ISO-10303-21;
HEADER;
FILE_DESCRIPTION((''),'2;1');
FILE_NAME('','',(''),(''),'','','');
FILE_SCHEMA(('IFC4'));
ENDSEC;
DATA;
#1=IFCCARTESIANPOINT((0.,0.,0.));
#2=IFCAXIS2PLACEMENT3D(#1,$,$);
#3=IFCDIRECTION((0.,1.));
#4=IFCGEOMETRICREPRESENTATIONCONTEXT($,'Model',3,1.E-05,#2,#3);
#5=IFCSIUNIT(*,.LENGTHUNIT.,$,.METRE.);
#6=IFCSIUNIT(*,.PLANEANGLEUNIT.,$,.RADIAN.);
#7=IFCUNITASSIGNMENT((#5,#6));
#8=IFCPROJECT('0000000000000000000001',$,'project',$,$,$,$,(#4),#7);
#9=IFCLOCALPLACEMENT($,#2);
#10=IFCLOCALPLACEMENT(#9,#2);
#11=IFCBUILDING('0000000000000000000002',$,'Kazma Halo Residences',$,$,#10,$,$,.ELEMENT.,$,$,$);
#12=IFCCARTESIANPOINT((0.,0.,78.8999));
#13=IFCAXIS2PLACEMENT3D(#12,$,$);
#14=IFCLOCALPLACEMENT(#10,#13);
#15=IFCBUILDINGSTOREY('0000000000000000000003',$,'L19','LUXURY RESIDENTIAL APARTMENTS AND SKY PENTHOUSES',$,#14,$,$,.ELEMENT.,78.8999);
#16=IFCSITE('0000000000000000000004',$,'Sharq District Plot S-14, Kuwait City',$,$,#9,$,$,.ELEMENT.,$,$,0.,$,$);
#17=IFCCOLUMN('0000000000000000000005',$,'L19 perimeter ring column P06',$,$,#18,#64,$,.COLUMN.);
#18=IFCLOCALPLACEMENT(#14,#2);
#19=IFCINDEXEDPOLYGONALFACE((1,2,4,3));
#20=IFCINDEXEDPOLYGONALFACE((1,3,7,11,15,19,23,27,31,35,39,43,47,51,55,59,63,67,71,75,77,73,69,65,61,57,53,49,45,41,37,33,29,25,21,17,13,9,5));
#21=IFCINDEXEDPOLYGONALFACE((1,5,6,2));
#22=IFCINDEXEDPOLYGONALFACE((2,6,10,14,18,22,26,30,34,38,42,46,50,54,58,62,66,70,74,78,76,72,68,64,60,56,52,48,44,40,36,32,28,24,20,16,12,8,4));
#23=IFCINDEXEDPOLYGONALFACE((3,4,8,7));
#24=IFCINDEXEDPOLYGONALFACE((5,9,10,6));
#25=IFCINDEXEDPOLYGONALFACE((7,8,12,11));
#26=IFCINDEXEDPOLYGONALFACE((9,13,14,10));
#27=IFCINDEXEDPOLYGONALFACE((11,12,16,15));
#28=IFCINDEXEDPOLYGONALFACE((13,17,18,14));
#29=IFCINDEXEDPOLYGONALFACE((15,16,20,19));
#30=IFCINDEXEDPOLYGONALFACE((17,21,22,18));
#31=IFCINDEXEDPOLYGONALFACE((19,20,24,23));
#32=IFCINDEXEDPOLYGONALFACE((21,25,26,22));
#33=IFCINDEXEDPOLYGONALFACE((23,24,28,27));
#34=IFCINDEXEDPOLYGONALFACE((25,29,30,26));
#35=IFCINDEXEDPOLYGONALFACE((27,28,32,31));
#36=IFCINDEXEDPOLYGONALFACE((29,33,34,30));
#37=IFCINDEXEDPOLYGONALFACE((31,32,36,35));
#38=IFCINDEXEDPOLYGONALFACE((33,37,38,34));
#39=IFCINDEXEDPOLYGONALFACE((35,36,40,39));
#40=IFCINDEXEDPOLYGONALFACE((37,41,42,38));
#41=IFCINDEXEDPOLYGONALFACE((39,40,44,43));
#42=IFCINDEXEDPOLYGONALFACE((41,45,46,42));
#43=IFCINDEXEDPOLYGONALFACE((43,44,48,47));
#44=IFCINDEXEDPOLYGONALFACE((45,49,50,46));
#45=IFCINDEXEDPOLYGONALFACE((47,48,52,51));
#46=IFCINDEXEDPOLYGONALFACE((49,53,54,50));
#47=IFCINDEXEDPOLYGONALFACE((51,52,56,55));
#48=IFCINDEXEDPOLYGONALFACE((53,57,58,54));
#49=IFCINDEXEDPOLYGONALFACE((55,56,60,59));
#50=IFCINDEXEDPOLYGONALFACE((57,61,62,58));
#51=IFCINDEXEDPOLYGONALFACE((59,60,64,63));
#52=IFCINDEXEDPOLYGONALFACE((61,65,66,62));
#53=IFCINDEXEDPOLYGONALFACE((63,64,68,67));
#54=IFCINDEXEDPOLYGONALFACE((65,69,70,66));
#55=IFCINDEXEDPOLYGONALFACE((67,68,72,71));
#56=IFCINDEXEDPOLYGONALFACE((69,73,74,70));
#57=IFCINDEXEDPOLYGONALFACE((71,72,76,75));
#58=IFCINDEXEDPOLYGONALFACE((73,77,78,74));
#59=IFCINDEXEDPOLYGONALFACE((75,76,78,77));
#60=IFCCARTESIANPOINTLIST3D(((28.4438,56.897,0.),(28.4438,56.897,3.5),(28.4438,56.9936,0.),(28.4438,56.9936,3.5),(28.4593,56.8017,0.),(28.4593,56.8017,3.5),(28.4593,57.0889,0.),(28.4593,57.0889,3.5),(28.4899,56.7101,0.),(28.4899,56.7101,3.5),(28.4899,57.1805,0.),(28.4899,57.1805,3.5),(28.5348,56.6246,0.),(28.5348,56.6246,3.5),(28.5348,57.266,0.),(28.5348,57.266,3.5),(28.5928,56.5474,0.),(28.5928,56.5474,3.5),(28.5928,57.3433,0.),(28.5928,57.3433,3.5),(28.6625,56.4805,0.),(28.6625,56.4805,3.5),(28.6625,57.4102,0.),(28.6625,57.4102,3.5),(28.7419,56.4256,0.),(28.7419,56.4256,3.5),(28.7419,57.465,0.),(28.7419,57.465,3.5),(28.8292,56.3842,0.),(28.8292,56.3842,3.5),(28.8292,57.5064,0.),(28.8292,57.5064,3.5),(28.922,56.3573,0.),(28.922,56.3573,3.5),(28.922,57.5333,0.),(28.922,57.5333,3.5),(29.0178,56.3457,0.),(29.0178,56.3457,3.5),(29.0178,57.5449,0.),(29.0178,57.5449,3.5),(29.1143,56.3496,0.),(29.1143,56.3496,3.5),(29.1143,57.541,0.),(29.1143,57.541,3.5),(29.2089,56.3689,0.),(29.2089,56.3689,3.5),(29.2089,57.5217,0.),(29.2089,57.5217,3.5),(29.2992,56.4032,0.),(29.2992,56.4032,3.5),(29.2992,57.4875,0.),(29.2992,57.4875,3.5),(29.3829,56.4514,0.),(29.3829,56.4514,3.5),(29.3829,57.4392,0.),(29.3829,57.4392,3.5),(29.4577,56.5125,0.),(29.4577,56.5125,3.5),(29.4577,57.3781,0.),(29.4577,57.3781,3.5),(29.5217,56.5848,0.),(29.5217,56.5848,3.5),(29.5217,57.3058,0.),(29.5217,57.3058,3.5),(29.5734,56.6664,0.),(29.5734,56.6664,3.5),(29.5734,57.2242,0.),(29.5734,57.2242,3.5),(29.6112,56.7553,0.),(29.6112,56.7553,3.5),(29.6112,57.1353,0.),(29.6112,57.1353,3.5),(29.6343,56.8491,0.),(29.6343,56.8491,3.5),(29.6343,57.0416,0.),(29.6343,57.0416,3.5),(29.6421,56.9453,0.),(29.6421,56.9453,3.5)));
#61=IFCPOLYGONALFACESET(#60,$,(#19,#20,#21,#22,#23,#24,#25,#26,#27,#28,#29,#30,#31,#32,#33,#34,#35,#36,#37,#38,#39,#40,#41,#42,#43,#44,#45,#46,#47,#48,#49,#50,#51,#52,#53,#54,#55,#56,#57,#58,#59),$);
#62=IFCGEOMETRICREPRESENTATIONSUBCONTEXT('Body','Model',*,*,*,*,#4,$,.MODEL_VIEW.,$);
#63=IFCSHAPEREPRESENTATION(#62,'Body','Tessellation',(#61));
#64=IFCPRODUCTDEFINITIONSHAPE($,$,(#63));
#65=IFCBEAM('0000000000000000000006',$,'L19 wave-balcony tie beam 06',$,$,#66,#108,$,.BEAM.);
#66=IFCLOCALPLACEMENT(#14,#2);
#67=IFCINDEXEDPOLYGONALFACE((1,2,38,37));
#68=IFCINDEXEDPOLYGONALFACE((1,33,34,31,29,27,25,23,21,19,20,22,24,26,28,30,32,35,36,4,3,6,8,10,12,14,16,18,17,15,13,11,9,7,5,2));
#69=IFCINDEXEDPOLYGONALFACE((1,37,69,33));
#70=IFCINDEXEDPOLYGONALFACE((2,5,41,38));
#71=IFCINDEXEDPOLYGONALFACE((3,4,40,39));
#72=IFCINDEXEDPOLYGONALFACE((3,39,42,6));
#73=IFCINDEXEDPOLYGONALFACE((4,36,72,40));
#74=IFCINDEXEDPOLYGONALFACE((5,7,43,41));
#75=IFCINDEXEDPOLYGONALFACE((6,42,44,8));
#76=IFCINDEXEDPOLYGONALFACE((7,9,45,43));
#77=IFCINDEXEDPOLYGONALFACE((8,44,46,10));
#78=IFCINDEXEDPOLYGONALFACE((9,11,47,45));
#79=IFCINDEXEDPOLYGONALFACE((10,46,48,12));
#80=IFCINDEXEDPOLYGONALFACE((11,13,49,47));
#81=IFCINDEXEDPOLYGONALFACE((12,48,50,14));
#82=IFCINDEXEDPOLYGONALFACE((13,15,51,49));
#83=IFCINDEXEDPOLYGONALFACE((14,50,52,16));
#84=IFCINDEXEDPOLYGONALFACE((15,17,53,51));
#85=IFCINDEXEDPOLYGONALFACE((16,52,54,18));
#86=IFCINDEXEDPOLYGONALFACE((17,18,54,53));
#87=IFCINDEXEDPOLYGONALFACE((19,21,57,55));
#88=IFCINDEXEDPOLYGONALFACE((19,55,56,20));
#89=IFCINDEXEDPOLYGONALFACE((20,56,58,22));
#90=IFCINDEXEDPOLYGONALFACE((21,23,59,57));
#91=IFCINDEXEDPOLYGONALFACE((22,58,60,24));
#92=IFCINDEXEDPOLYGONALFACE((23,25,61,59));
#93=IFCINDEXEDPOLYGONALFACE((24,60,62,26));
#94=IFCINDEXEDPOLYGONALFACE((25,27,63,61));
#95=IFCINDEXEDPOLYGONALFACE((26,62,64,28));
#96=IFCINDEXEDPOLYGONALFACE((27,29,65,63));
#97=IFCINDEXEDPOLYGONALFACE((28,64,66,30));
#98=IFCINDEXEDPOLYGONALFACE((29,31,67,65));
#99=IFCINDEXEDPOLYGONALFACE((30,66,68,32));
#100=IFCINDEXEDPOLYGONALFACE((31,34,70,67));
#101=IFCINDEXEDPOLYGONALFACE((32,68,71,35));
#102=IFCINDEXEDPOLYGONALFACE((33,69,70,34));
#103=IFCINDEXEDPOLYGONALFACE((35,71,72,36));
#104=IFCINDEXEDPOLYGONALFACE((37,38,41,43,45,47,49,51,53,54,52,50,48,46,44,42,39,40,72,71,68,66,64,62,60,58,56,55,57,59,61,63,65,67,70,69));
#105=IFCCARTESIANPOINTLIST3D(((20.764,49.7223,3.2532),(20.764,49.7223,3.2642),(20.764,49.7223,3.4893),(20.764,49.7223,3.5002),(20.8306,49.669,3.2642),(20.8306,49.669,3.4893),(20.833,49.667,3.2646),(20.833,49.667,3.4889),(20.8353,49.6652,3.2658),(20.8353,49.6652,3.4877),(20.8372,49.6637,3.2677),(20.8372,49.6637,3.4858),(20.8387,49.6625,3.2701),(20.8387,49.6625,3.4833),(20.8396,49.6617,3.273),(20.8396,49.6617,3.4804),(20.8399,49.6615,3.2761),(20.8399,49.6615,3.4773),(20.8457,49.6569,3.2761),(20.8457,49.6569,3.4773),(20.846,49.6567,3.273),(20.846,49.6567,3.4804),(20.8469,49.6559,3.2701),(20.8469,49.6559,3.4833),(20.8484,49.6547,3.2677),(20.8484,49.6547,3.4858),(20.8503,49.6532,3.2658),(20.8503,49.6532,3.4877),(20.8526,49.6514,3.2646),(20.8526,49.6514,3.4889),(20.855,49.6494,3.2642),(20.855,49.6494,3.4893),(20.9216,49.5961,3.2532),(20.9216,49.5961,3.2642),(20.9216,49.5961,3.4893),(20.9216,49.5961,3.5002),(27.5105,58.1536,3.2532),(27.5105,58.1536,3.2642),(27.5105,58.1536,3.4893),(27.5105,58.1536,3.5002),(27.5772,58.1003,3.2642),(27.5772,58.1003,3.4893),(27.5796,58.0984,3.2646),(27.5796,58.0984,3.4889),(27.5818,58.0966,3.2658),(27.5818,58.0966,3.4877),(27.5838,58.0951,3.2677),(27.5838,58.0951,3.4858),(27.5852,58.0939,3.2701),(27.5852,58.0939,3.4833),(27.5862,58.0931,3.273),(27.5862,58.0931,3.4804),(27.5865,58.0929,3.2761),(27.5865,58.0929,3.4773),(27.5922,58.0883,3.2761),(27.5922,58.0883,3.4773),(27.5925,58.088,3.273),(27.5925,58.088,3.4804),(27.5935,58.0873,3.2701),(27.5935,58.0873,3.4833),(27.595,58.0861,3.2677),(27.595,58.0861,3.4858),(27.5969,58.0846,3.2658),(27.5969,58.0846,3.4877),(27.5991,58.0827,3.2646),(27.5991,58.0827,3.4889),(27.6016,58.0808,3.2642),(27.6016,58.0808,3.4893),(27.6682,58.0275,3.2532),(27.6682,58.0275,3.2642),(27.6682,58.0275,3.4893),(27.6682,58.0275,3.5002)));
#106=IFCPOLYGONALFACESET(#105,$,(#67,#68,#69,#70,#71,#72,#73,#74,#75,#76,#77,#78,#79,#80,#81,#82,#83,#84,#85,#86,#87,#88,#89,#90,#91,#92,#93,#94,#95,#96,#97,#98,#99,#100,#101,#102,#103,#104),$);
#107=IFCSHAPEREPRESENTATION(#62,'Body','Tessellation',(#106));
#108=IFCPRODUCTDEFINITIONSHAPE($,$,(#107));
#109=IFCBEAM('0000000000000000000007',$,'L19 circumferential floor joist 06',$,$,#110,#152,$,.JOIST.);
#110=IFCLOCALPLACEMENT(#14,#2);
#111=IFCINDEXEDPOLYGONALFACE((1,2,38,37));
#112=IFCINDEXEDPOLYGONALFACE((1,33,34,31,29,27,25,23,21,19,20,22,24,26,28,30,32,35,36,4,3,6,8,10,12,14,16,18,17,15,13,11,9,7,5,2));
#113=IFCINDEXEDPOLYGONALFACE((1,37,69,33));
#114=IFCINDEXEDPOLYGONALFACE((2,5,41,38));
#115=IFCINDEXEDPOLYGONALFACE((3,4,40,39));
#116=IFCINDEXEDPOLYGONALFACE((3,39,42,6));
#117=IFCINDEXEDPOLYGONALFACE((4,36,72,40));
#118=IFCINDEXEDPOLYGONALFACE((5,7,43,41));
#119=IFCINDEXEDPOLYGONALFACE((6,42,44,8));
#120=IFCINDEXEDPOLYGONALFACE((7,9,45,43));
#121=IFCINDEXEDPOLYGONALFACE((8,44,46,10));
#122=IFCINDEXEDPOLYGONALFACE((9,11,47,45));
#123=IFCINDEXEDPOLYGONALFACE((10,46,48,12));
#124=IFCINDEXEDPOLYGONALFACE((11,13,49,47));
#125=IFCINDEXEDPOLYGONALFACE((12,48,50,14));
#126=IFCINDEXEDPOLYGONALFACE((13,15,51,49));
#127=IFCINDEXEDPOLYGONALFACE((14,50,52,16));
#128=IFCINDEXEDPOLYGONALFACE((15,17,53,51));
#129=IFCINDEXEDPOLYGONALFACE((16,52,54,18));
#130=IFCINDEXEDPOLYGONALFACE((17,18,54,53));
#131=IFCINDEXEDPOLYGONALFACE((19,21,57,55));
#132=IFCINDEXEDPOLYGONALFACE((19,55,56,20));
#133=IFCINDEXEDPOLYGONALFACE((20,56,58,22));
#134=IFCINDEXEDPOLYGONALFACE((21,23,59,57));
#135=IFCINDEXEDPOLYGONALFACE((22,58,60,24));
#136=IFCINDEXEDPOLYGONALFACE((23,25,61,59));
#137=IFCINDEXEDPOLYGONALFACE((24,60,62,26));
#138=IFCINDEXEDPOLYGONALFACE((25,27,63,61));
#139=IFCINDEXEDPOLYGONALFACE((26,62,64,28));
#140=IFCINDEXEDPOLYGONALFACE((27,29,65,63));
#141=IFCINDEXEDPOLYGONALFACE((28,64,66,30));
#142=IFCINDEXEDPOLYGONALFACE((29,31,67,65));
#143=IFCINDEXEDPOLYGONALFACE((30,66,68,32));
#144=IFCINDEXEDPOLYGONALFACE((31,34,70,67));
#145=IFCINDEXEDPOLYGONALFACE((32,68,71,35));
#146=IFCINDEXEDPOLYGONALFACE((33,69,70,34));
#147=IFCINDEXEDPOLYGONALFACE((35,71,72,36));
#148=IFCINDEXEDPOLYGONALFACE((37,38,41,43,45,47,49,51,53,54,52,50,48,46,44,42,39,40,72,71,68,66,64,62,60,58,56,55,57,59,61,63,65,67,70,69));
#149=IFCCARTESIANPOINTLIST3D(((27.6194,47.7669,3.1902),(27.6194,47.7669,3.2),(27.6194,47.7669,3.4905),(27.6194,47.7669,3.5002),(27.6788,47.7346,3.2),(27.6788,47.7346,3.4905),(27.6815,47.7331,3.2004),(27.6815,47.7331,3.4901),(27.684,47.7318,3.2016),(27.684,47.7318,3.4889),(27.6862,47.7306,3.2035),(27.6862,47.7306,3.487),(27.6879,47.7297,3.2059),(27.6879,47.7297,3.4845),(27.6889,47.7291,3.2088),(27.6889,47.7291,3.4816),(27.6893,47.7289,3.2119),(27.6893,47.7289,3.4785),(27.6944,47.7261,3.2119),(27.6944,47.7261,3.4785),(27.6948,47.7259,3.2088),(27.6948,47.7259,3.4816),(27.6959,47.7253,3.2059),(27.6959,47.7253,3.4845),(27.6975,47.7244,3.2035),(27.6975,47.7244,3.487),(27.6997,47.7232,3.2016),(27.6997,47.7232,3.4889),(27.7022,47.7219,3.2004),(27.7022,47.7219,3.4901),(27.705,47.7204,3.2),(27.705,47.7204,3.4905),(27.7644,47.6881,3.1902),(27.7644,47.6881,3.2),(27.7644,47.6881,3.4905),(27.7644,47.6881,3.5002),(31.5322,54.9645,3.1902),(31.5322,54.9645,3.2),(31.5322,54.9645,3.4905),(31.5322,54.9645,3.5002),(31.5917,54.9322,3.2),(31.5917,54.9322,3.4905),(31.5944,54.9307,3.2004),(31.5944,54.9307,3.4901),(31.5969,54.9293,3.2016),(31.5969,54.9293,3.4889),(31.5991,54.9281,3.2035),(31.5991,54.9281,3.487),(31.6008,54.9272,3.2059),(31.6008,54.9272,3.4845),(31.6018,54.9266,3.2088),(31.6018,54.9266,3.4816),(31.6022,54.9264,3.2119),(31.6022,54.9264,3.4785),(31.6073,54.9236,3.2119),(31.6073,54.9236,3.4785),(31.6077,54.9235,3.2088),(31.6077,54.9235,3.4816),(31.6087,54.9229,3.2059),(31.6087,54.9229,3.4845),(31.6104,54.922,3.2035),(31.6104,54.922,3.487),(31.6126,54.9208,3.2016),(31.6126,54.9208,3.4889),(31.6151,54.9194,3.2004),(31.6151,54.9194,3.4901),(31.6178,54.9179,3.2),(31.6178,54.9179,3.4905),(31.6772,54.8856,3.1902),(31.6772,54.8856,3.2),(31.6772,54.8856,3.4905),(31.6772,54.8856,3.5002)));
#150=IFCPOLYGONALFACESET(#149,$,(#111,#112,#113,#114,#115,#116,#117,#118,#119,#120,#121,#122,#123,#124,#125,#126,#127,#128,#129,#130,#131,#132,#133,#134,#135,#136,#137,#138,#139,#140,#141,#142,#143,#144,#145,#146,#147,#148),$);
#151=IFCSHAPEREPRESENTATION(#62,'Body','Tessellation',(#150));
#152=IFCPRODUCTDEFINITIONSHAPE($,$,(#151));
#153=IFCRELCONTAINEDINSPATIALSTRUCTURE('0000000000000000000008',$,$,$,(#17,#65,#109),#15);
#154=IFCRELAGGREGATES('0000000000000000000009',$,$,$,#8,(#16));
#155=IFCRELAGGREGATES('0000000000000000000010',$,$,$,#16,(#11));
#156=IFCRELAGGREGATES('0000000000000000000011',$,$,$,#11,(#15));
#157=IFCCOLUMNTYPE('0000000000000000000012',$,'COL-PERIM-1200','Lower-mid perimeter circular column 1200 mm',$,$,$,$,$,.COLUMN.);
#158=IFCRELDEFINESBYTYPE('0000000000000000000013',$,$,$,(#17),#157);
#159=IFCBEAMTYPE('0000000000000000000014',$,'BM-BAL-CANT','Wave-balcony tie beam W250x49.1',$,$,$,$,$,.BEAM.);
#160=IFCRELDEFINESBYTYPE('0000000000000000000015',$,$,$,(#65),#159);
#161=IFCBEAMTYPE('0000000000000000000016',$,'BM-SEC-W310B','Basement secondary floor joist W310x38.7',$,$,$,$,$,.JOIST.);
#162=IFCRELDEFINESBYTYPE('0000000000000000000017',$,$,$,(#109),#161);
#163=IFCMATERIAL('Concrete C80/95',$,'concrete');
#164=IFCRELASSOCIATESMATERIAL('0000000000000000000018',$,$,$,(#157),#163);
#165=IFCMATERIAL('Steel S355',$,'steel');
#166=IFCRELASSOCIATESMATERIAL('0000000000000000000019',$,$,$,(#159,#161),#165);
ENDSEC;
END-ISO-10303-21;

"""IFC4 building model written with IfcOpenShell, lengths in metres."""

from ifc_helpers import new_model, si_unit, direction, frame, origin, origin_2d, place, context, subcontext, project, spatial, circle, i_section, extrude, material, material_profile, profile_set, type_object, element, save


model = new_model("IFC4")

# Units and contexts
model_context = context("Model", 3, precision=1e-05, world=origin(), true_north=direction((0.0, 1.0)))
body_context = subcontext(model_context, "Body", "Model", "MODEL_VIEW")
ifc_project = project(units=[si_unit("LENGTHUNIT", "METRE"), si_unit("PLANEANGLEUNIT", "RADIAN")], contexts=[model_context])

# Site, building, storey
site_placement = place(None, origin())
site = spatial("IfcSite", under=ifc_project, at=site_placement, Name="Sharq District Plot S-14, Kuwait City", CompositionType="ELEMENT", RefElevation=0.0)
building_placement = place(site_placement, origin())
building = spatial("IfcBuilding", under=site, at=building_placement, Name="Kazma Halo Residences", CompositionType="ELEMENT")
storey_placement = place(building_placement, frame((0.0, 0.0, 78.8999)))
storey = spatial("IfcBuildingStorey", under=building, at=storey_placement, Name="L19", Description="LUXURY RESIDENTIAL APARTMENTS AND SKY PENTHOUSES", CompositionType="ELEMENT", Elevation=78.8999)

# Column
ifc_material_1 = material(Name="Concrete C80/95", Category="concrete")
ifc_material_profile_1 = material_profile(ifc_material_1, circle(Radius=0.6001, at=origin_2d()), Name="CIRC1200")
ifc_profile_set_1 = profile_set([ifc_material_profile_1], Name="Concrete C80/95")
column_type = type_object("IfcColumnType", Name="COL-PERIM-1200", Description="Lower-mid perimeter circular column 1200 mm", PredefinedType="COLUMN", material=ifc_profile_set_1)
column_placement = place(storey_placement, frame((29.042, 56.9453, 0.0), z_axis=(0.0, 0.0, 1.0), x_axis=(1.0, 0.0, 0.0)))
element("IfcColumn", 1, at=column_placement, inside=storey, type_object=column_type, Name="L19 perimeter ring column P06", PredefinedType="COLUMN", context=body_context, shape_type="SweptSolid", body=[
    extrude(circle(Radius=0.6001, at=origin_2d()), origin(), (0.0, 0.0, 1.0), 3.5),
])

# Beams
ifc_material_2 = material(Name="Steel S355", Category="steel")
ifc_material_profile_2 = material_profile(ifc_material_2, i_section(OverallWidth=0.2019, OverallDepth=0.2471, WebThickness=0.0073, FlangeThickness=0.011, FilletRadius=0.012, at=origin_2d()), Name="W250x49.1")
ifc_profile_set_2 = profile_set([ifc_material_profile_2], Name="Steel S355")
beam_type_1 = type_object("IfcBeamType", Name="BM-BAL-CANT", Description="Wave-balcony tie beam W250x49.1", PredefinedType="BEAM", material=ifc_profile_set_2)
beam_1_placement = place(storey_placement, frame((27.5894, 58.0906, 3.3767), z_axis=(-0.624778, -0.780803, 0.0), x_axis=(0.780803, -0.624778, 0.0)))
element("IfcBeam", 2, at=beam_1_placement, inside=storey, type_object=beam_type_1, Name="L19 wave-balcony tie beam 06", PredefinedType="BEAM", context=body_context, shape_type="SweptSolid", body=[
    extrude(i_section(OverallWidth=0.2019, OverallDepth=0.2471, WebThickness=0.0073, FlangeThickness=0.011, FilletRadius=0.012, at=origin_2d()), origin(), (0.0, 0.0, 1.0), 10.7983),
])
ifc_material_profile_3 = material_profile(ifc_material_2, i_section(OverallWidth=0.165, OverallDepth=0.3101, WebThickness=0.0059, FlangeThickness=0.0098, FilletRadius=0.012, at=origin_2d()), Name="W310x38.7")
ifc_profile_set_3 = profile_set([ifc_material_profile_3], Name="Steel S355")
beam_type_2 = type_object("IfcBeamType", Name="BM-SEC-W310B", Description="Basement secondary floor joist W310x38.7", PredefinedType="JOIST", material=ifc_profile_set_3)
beam_2_placement = place(storey_placement, frame((31.6047, 54.925, 3.3452), z_axis=(-0.477622, -0.878566, 0.0), x_axis=(0.878566, -0.477622, 0.0)))
element("IfcBeam", 3, at=beam_2_placement, inside=storey, type_object=beam_type_2, Name="L19 circumferential floor joist 06", PredefinedType="JOIST", context=body_context, shape_type="SweptSolid", body=[
    extrude(i_section(OverallWidth=0.165, OverallDepth=0.3101, WebThickness=0.0059, FlangeThickness=0.0098, FilletRadius=0.012, at=origin_2d()), origin(), (0.0, 0.0, 1.0), 8.1924),
])

save(model, "model.ifc")
